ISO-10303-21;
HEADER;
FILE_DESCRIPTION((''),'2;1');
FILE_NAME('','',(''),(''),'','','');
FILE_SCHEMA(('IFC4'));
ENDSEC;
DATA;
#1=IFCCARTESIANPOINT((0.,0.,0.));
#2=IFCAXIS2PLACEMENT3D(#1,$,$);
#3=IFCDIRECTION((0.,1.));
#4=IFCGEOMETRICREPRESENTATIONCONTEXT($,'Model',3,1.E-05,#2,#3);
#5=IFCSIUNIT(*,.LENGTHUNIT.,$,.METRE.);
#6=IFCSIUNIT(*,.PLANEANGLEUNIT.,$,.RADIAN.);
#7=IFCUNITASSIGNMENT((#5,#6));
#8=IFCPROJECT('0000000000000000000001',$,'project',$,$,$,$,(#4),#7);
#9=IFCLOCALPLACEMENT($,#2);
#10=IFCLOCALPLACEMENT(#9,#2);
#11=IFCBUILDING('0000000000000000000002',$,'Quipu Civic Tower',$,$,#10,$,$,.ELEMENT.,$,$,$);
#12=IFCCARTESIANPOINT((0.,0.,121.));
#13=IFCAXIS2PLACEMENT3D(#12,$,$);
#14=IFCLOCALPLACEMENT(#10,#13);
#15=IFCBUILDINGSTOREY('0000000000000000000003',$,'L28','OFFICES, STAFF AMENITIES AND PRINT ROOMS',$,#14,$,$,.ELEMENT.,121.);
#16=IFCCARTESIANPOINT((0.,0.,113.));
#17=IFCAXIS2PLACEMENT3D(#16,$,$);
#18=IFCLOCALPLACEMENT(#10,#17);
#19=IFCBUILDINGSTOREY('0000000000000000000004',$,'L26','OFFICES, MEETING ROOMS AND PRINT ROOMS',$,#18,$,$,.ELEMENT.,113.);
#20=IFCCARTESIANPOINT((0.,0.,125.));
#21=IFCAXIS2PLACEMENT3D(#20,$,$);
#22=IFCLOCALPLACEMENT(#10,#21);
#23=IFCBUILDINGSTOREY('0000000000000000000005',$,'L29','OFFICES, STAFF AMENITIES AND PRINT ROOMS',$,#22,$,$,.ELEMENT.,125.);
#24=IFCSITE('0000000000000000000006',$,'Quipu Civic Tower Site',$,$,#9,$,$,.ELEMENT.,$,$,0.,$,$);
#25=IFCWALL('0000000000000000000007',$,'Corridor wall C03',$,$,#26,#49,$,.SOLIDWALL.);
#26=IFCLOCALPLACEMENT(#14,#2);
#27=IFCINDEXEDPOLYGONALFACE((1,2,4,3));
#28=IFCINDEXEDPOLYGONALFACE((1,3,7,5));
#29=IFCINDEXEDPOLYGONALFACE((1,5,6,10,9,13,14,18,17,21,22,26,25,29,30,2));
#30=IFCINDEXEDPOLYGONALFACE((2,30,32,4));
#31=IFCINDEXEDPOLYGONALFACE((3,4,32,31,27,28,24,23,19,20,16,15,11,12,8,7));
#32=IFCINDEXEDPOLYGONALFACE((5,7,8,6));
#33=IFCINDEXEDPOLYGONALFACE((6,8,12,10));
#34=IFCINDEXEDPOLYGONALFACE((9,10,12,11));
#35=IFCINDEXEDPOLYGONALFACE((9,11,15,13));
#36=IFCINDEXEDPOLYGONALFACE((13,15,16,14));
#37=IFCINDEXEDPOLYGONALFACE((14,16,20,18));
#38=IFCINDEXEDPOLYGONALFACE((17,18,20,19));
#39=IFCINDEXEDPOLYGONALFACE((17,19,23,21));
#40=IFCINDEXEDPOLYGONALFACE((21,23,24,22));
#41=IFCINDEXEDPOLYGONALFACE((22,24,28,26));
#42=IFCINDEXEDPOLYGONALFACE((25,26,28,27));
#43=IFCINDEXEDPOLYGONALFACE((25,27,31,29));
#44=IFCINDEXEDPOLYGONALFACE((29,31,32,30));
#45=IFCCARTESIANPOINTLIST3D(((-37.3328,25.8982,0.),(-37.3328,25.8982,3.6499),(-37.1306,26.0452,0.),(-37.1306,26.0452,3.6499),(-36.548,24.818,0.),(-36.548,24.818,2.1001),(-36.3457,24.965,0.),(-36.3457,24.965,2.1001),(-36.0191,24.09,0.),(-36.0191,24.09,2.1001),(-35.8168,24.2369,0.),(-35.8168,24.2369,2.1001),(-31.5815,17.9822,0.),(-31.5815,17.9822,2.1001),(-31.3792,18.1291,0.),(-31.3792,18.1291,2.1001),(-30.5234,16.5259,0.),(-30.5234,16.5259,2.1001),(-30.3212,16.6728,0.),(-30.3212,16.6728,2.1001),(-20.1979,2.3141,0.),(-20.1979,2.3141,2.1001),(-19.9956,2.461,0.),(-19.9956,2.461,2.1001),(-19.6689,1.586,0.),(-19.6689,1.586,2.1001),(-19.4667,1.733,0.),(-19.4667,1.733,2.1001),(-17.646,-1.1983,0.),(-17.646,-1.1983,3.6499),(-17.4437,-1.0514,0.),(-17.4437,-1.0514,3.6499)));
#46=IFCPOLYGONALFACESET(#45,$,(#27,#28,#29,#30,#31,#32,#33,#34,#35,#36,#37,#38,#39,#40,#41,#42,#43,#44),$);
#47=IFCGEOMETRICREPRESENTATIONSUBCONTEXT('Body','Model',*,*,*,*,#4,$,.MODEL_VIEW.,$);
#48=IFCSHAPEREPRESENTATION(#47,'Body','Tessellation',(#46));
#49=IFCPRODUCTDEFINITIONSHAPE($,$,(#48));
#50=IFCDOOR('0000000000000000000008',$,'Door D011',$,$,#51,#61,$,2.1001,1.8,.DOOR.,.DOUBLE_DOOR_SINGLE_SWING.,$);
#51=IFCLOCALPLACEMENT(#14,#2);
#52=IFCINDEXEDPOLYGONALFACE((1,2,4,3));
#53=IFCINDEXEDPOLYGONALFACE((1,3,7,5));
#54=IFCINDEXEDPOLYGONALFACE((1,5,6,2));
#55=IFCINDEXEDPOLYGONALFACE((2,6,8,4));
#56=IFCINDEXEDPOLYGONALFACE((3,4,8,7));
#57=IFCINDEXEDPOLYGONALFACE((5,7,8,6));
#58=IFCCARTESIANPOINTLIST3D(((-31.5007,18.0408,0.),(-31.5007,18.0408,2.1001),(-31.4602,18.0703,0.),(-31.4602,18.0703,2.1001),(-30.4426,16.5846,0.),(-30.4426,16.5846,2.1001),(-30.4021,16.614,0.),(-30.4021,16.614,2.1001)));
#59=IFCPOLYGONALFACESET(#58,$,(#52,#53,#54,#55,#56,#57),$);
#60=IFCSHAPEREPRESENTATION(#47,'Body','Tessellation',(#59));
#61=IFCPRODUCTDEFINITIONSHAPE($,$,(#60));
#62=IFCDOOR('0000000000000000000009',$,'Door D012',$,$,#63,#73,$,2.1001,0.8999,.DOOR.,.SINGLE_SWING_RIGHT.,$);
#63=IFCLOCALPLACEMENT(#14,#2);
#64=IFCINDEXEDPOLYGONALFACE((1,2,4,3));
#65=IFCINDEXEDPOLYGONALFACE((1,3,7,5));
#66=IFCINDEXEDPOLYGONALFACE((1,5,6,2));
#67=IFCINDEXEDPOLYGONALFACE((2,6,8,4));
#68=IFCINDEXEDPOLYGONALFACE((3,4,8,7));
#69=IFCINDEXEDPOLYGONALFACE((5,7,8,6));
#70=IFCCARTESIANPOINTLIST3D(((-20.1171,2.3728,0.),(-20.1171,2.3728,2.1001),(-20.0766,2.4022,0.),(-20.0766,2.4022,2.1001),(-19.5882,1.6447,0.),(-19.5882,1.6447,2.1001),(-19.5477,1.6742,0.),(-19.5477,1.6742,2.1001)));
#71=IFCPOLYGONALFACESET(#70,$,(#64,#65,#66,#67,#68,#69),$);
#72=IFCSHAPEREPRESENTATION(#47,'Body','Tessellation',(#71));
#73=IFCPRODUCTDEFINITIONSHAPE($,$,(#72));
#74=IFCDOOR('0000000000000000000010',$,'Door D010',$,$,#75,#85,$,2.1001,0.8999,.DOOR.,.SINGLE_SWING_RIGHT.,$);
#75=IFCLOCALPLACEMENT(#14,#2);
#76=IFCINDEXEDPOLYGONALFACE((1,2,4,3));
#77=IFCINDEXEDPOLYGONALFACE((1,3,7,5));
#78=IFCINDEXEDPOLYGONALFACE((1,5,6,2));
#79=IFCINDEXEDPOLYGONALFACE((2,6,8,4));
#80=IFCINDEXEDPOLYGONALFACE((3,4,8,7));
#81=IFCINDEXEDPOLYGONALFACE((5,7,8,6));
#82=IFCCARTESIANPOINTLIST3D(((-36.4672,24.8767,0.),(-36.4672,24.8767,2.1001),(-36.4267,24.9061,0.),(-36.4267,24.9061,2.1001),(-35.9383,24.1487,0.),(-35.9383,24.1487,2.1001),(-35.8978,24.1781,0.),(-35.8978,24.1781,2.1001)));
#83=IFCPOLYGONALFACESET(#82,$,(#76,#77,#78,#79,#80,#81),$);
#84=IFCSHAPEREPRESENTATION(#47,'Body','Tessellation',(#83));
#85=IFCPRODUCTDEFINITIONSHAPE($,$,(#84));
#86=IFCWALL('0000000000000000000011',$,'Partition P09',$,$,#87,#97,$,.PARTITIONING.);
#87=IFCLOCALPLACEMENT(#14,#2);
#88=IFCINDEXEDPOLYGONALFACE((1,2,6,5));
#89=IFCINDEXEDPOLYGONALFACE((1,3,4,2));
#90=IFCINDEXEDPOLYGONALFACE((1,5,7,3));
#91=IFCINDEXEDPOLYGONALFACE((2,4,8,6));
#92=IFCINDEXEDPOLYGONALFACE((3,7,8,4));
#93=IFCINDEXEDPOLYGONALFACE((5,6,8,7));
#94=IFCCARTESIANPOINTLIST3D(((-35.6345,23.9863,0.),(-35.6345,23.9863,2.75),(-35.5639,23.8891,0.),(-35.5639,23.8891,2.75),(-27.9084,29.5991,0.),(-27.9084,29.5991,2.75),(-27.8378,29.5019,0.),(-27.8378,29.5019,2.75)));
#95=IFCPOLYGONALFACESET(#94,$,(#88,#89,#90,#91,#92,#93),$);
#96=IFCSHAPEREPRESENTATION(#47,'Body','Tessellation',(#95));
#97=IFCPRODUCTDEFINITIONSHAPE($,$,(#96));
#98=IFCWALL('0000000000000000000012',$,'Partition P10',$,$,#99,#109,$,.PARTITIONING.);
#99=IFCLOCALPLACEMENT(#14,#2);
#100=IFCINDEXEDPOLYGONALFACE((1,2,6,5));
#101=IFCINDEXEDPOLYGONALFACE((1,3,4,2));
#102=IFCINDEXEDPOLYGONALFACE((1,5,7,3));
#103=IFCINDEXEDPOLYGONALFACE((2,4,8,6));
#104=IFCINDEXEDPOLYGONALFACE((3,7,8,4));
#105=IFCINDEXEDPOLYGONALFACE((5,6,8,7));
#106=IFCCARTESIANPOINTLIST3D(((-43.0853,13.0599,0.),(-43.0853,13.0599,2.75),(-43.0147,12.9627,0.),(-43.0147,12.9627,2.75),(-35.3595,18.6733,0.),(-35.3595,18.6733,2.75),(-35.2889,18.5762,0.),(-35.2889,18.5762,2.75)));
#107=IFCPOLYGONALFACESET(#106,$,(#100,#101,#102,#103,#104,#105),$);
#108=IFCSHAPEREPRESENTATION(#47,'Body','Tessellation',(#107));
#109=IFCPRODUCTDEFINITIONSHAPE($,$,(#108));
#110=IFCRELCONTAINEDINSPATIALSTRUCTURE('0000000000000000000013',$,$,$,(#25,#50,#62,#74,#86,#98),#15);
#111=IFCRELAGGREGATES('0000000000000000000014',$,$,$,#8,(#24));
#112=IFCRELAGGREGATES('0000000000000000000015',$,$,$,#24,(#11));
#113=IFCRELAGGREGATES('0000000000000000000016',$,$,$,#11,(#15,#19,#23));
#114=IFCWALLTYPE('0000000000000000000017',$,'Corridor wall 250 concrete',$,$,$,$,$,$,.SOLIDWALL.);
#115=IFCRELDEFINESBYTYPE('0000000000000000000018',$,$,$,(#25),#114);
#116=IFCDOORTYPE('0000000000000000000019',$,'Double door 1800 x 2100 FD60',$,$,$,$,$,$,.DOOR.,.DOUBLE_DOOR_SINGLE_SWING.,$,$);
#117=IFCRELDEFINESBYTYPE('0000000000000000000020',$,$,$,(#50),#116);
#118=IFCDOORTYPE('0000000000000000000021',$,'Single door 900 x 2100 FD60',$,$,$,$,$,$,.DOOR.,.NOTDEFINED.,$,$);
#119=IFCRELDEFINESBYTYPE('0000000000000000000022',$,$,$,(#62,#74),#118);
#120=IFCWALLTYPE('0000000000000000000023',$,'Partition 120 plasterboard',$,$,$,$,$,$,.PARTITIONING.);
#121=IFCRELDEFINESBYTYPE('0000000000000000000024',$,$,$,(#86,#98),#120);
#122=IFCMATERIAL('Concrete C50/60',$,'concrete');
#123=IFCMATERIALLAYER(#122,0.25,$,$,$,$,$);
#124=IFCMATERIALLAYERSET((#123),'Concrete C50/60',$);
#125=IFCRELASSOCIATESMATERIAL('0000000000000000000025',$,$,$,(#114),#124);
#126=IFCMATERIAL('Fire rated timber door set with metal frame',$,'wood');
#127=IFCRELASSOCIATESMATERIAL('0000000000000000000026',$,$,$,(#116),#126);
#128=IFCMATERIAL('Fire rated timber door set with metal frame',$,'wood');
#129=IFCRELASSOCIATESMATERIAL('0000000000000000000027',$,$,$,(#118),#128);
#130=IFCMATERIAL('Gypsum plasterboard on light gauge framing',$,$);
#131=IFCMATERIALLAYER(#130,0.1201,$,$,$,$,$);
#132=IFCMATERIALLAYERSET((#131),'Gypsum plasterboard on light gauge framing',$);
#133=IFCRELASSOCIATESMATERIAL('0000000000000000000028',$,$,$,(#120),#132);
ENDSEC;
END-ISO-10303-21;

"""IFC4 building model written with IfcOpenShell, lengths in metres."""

from ifc_helpers import new_model, si_unit, direction, frame, frame_2d, origin, place, context, subcontext, project, spatial, rectangle, extrude, material, layer, layer_set, type_object, element, fill, save


model = new_model("IFC4")

# Units and contexts
model_context = context("Model", 3, precision=1e-05, world=origin(), true_north=direction((0.0, 1.0)))
body_context = subcontext(model_context, "Body", "Model", "MODEL_VIEW")
ifc_project = project(units=[si_unit("LENGTHUNIT", "METRE"), si_unit("PLANEANGLEUNIT", "RADIAN")], contexts=[model_context])

# Site, building, storey
site_placement = place(None, origin())
site = spatial("IfcSite", under=ifc_project, at=site_placement, Name="Quipu Civic Tower Site", CompositionType="ELEMENT", RefElevation=0.0)
building_placement = place(site_placement, origin())
building = spatial("IfcBuilding", under=site, at=building_placement, Name="Quipu Civic Tower", CompositionType="ELEMENT")
storey_1_placement = place(building_placement, frame((0.0, 0.0, 121.0)))
storey_1 = spatial("IfcBuildingStorey", under=building, at=storey_1_placement, Name="L28", Description="OFFICES, STAFF AMENITIES AND PRINT ROOMS", CompositionType="ELEMENT", Elevation=121.0)

# Shared definitions
storey_2_placement = place(building_placement, frame((0.0, 0.0, 113.0)))
storey_2 = spatial("IfcBuildingStorey", under=building, at=storey_2_placement, Name="L26", Description="OFFICES, MEETING ROOMS AND PRINT ROOMS", CompositionType="ELEMENT", Elevation=113.0)

# Shared definitions
storey_3_placement = place(building_placement, frame((0.0, 0.0, 125.0)))
storey_3 = spatial("IfcBuildingStorey", under=building, at=storey_3_placement, Name="L29", Description="OFFICES, STAFF AMENITIES AND PRINT ROOMS", CompositionType="ELEMENT", Elevation=125.0)

# Wall, openings, doors
ifc_material_1 = material(Name="Concrete C50/60", Category="concrete")
ifc_layer_1 = layer(ifc_material_1, 0.25)
ifc_layer_set_1 = layer_set([ifc_layer_1], Name="Concrete C50/60")
wall_type_1 = type_object("IfcWallType", Name="Corridor wall 250 concrete", PredefinedType="SOLIDWALL", material=ifc_layer_set_1)
wall_1_placement = place(storey_1_placement, frame((-37.2317, 25.9717, 0.0), z_axis=(0.0, 0.0, 1.0), x_axis=(0.587786, -0.809016, 0.0)))
wall_1 = element("IfcWall", 1, at=wall_1_placement, inside=storey_1, type_object=wall_type_1, Name="Corridor wall C03", PredefinedType="SOLIDWALL", context=body_context, shape_type="SweptSolid", body=[
    extrude(rectangle(XDim=33.4932, YDim=0.25, at=frame_2d((16.7466, 0.0))), origin(), (0.0, 0.0, 1.0), 3.6499),
])
opening_1_placement = place(wall_1_placement, frame((9.7849, 0.0, 0.0)))
opening_1 = element("IfcOpeningElement", 2, at=opening_1_placement, cuts=wall_1, PredefinedType="OPENING", context=body_context, shape_type="SweptSolid", body=[
    extrude(rectangle(XDim=1.8, YDim=2.1001, at=frame_2d((0.8999, 1.05))), frame((0.0, 0.135, 0.0), z_axis=(0.0, -1.0, 0.0), x_axis=(1.0, 0.0, 0.0)), (0.0, 0.0, 1.0), 0.27),
])
opening_2_placement = place(wall_1_placement, frame((29.1516, 0.0, 0.0)))
opening_2 = element("IfcOpeningElement", 3, at=opening_2_placement, cuts=wall_1, PredefinedType="OPENING", context=body_context, shape_type="SweptSolid", body=[
    extrude(rectangle(XDim=0.8999, YDim=2.1001, at=frame_2d((0.45, 1.05))), frame((0.0, 0.135, 0.0), z_axis=(0.0, -1.0, 0.0), x_axis=(1.0, 0.0, 0.0)), (0.0, 0.0, 1.0), 0.27),
])
opening_3_placement = place(wall_1_placement, frame((1.3352, 0.0, 0.0)))
opening_3 = element("IfcOpeningElement", 4, at=opening_3_placement, cuts=wall_1, PredefinedType="OPENING", context=body_context, shape_type="SweptSolid", body=[
    extrude(rectangle(XDim=0.8999, YDim=2.1001, at=frame_2d((0.45, 1.05))), frame((0.0, 0.135, 0.0), z_axis=(0.0, -1.0, 0.0), x_axis=(1.0, 0.0, 0.0)), (0.0, 0.0, 1.0), 0.27),
])
ifc_material_2 = material(Name="Fire rated timber door set with metal frame", Category="wood")
door_type_1 = type_object("IfcDoorType", Name="Double door 1800 x 2100 FD60", OperationType="DOUBLE_DOOR_SINGLE_SWING", PredefinedType="DOOR", material=ifc_material_2)
door_1_placement = place(opening_1_placement, origin())
door_1 = element("IfcDoor", 5, at=door_1_placement, inside=storey_1, type_object=door_type_1, Name="Door D011", OperationType="DOUBLE_DOOR_SINGLE_SWING", OverallHeight=2.1001, OverallWidth=1.8, PredefinedType="DOOR", context=body_context, shape_type="SweptSolid", body=[
    extrude(rectangle(XDim=1.8, YDim=2.1001, at=frame_2d((0.8999, 1.05))), frame((0.0, 0.0249, 0.0), z_axis=(0.0, -1.0, 0.0), x_axis=(1.0, 0.0, 0.0)), (0.0, 0.0, 1.0), 0.05),
])
fill(opening_1, door_1)
ifc_material_3 = material(Name="Fire rated timber door set with metal frame", Category="wood")
door_type_2 = type_object("IfcDoorType", Name="Single door 900 x 2100 FD60", OperationType="NOTDEFINED", PredefinedType="DOOR", material=ifc_material_3)
door_2_placement = place(opening_2_placement, origin())
door_2 = element("IfcDoor", 6, at=door_2_placement, inside=storey_1, type_object=door_type_2, Name="Door D012", OperationType="SINGLE_SWING_RIGHT", OverallHeight=2.1001, OverallWidth=0.8999, PredefinedType="DOOR", context=body_context, shape_type="SweptSolid", body=[
    extrude(rectangle(XDim=0.8999, YDim=2.1001, at=frame_2d((0.45, 1.05))), frame((0.0, 0.0249, 0.0), z_axis=(0.0, -1.0, 0.0), x_axis=(1.0, 0.0, 0.0)), (0.0, 0.0, 1.0), 0.05),
])
fill(opening_2, door_2)
door_3_placement = place(opening_3_placement, origin())
door_3 = element("IfcDoor", 7, at=door_3_placement, inside=storey_1, type_object=door_type_2, Name="Door D010", OperationType="SINGLE_SWING_RIGHT", OverallHeight=2.1001, OverallWidth=0.8999, PredefinedType="DOOR", context=body_context, shape_type="SweptSolid", body=[
    extrude(rectangle(XDim=0.8999, YDim=2.1001, at=frame_2d((0.45, 1.05))), frame((0.0, 0.0249, 0.0), z_axis=(0.0, -1.0, 0.0), x_axis=(1.0, 0.0, 0.0)), (0.0, 0.0, 1.0), 0.05),
])
fill(opening_3, door_3)

# Walls
ifc_material_4 = material(Name="Gypsum plasterboard on light gauge framing")
ifc_layer_2 = layer(ifc_material_4, 0.1201)
ifc_layer_set_2 = layer_set([ifc_layer_2], Name="Gypsum plasterboard on light gauge framing")
wall_type_2 = type_object("IfcWallType", Name="Partition 120 plasterboard", PredefinedType="PARTITIONING", material=ifc_layer_set_2)
wall_2_placement = place(storey_1_placement, frame((-27.873, 29.5505, 0.0), z_axis=(0.0, 0.0, 1.0), x_axis=(-0.809043, -0.587749, 0.0)))
element("IfcWall", 8, at=wall_2_placement, inside=storey_1, type_object=wall_type_2, Name="Partition P09", PredefinedType="PARTITIONING", context=body_context, shape_type="SweptSolid", body=[
    extrude(rectangle(XDim=9.5496, YDim=0.1201, at=frame_2d((4.7749, 0.0))), origin(), (0.0, 0.0, 1.0), 2.75),
])
wall_3_placement = place(storey_1_placement, frame((-35.3242, 18.6248, 0.0), z_axis=(0.0, 0.0, 1.0), x_axis=(-0.808998, -0.587811, 0.0)))
element("IfcWall", 9, at=wall_3_placement, inside=storey_1, type_object=wall_type_2, Name="Partition P10", PredefinedType="PARTITIONING", context=body_context, shape_type="SweptSolid", body=[
    extrude(rectangle(XDim=9.5498, YDim=0.1201, at=frame_2d((4.7749, 0.0))), origin(), (0.0, 0.0, 1.0), 2.75),
])

save(model, "model.ifc")
